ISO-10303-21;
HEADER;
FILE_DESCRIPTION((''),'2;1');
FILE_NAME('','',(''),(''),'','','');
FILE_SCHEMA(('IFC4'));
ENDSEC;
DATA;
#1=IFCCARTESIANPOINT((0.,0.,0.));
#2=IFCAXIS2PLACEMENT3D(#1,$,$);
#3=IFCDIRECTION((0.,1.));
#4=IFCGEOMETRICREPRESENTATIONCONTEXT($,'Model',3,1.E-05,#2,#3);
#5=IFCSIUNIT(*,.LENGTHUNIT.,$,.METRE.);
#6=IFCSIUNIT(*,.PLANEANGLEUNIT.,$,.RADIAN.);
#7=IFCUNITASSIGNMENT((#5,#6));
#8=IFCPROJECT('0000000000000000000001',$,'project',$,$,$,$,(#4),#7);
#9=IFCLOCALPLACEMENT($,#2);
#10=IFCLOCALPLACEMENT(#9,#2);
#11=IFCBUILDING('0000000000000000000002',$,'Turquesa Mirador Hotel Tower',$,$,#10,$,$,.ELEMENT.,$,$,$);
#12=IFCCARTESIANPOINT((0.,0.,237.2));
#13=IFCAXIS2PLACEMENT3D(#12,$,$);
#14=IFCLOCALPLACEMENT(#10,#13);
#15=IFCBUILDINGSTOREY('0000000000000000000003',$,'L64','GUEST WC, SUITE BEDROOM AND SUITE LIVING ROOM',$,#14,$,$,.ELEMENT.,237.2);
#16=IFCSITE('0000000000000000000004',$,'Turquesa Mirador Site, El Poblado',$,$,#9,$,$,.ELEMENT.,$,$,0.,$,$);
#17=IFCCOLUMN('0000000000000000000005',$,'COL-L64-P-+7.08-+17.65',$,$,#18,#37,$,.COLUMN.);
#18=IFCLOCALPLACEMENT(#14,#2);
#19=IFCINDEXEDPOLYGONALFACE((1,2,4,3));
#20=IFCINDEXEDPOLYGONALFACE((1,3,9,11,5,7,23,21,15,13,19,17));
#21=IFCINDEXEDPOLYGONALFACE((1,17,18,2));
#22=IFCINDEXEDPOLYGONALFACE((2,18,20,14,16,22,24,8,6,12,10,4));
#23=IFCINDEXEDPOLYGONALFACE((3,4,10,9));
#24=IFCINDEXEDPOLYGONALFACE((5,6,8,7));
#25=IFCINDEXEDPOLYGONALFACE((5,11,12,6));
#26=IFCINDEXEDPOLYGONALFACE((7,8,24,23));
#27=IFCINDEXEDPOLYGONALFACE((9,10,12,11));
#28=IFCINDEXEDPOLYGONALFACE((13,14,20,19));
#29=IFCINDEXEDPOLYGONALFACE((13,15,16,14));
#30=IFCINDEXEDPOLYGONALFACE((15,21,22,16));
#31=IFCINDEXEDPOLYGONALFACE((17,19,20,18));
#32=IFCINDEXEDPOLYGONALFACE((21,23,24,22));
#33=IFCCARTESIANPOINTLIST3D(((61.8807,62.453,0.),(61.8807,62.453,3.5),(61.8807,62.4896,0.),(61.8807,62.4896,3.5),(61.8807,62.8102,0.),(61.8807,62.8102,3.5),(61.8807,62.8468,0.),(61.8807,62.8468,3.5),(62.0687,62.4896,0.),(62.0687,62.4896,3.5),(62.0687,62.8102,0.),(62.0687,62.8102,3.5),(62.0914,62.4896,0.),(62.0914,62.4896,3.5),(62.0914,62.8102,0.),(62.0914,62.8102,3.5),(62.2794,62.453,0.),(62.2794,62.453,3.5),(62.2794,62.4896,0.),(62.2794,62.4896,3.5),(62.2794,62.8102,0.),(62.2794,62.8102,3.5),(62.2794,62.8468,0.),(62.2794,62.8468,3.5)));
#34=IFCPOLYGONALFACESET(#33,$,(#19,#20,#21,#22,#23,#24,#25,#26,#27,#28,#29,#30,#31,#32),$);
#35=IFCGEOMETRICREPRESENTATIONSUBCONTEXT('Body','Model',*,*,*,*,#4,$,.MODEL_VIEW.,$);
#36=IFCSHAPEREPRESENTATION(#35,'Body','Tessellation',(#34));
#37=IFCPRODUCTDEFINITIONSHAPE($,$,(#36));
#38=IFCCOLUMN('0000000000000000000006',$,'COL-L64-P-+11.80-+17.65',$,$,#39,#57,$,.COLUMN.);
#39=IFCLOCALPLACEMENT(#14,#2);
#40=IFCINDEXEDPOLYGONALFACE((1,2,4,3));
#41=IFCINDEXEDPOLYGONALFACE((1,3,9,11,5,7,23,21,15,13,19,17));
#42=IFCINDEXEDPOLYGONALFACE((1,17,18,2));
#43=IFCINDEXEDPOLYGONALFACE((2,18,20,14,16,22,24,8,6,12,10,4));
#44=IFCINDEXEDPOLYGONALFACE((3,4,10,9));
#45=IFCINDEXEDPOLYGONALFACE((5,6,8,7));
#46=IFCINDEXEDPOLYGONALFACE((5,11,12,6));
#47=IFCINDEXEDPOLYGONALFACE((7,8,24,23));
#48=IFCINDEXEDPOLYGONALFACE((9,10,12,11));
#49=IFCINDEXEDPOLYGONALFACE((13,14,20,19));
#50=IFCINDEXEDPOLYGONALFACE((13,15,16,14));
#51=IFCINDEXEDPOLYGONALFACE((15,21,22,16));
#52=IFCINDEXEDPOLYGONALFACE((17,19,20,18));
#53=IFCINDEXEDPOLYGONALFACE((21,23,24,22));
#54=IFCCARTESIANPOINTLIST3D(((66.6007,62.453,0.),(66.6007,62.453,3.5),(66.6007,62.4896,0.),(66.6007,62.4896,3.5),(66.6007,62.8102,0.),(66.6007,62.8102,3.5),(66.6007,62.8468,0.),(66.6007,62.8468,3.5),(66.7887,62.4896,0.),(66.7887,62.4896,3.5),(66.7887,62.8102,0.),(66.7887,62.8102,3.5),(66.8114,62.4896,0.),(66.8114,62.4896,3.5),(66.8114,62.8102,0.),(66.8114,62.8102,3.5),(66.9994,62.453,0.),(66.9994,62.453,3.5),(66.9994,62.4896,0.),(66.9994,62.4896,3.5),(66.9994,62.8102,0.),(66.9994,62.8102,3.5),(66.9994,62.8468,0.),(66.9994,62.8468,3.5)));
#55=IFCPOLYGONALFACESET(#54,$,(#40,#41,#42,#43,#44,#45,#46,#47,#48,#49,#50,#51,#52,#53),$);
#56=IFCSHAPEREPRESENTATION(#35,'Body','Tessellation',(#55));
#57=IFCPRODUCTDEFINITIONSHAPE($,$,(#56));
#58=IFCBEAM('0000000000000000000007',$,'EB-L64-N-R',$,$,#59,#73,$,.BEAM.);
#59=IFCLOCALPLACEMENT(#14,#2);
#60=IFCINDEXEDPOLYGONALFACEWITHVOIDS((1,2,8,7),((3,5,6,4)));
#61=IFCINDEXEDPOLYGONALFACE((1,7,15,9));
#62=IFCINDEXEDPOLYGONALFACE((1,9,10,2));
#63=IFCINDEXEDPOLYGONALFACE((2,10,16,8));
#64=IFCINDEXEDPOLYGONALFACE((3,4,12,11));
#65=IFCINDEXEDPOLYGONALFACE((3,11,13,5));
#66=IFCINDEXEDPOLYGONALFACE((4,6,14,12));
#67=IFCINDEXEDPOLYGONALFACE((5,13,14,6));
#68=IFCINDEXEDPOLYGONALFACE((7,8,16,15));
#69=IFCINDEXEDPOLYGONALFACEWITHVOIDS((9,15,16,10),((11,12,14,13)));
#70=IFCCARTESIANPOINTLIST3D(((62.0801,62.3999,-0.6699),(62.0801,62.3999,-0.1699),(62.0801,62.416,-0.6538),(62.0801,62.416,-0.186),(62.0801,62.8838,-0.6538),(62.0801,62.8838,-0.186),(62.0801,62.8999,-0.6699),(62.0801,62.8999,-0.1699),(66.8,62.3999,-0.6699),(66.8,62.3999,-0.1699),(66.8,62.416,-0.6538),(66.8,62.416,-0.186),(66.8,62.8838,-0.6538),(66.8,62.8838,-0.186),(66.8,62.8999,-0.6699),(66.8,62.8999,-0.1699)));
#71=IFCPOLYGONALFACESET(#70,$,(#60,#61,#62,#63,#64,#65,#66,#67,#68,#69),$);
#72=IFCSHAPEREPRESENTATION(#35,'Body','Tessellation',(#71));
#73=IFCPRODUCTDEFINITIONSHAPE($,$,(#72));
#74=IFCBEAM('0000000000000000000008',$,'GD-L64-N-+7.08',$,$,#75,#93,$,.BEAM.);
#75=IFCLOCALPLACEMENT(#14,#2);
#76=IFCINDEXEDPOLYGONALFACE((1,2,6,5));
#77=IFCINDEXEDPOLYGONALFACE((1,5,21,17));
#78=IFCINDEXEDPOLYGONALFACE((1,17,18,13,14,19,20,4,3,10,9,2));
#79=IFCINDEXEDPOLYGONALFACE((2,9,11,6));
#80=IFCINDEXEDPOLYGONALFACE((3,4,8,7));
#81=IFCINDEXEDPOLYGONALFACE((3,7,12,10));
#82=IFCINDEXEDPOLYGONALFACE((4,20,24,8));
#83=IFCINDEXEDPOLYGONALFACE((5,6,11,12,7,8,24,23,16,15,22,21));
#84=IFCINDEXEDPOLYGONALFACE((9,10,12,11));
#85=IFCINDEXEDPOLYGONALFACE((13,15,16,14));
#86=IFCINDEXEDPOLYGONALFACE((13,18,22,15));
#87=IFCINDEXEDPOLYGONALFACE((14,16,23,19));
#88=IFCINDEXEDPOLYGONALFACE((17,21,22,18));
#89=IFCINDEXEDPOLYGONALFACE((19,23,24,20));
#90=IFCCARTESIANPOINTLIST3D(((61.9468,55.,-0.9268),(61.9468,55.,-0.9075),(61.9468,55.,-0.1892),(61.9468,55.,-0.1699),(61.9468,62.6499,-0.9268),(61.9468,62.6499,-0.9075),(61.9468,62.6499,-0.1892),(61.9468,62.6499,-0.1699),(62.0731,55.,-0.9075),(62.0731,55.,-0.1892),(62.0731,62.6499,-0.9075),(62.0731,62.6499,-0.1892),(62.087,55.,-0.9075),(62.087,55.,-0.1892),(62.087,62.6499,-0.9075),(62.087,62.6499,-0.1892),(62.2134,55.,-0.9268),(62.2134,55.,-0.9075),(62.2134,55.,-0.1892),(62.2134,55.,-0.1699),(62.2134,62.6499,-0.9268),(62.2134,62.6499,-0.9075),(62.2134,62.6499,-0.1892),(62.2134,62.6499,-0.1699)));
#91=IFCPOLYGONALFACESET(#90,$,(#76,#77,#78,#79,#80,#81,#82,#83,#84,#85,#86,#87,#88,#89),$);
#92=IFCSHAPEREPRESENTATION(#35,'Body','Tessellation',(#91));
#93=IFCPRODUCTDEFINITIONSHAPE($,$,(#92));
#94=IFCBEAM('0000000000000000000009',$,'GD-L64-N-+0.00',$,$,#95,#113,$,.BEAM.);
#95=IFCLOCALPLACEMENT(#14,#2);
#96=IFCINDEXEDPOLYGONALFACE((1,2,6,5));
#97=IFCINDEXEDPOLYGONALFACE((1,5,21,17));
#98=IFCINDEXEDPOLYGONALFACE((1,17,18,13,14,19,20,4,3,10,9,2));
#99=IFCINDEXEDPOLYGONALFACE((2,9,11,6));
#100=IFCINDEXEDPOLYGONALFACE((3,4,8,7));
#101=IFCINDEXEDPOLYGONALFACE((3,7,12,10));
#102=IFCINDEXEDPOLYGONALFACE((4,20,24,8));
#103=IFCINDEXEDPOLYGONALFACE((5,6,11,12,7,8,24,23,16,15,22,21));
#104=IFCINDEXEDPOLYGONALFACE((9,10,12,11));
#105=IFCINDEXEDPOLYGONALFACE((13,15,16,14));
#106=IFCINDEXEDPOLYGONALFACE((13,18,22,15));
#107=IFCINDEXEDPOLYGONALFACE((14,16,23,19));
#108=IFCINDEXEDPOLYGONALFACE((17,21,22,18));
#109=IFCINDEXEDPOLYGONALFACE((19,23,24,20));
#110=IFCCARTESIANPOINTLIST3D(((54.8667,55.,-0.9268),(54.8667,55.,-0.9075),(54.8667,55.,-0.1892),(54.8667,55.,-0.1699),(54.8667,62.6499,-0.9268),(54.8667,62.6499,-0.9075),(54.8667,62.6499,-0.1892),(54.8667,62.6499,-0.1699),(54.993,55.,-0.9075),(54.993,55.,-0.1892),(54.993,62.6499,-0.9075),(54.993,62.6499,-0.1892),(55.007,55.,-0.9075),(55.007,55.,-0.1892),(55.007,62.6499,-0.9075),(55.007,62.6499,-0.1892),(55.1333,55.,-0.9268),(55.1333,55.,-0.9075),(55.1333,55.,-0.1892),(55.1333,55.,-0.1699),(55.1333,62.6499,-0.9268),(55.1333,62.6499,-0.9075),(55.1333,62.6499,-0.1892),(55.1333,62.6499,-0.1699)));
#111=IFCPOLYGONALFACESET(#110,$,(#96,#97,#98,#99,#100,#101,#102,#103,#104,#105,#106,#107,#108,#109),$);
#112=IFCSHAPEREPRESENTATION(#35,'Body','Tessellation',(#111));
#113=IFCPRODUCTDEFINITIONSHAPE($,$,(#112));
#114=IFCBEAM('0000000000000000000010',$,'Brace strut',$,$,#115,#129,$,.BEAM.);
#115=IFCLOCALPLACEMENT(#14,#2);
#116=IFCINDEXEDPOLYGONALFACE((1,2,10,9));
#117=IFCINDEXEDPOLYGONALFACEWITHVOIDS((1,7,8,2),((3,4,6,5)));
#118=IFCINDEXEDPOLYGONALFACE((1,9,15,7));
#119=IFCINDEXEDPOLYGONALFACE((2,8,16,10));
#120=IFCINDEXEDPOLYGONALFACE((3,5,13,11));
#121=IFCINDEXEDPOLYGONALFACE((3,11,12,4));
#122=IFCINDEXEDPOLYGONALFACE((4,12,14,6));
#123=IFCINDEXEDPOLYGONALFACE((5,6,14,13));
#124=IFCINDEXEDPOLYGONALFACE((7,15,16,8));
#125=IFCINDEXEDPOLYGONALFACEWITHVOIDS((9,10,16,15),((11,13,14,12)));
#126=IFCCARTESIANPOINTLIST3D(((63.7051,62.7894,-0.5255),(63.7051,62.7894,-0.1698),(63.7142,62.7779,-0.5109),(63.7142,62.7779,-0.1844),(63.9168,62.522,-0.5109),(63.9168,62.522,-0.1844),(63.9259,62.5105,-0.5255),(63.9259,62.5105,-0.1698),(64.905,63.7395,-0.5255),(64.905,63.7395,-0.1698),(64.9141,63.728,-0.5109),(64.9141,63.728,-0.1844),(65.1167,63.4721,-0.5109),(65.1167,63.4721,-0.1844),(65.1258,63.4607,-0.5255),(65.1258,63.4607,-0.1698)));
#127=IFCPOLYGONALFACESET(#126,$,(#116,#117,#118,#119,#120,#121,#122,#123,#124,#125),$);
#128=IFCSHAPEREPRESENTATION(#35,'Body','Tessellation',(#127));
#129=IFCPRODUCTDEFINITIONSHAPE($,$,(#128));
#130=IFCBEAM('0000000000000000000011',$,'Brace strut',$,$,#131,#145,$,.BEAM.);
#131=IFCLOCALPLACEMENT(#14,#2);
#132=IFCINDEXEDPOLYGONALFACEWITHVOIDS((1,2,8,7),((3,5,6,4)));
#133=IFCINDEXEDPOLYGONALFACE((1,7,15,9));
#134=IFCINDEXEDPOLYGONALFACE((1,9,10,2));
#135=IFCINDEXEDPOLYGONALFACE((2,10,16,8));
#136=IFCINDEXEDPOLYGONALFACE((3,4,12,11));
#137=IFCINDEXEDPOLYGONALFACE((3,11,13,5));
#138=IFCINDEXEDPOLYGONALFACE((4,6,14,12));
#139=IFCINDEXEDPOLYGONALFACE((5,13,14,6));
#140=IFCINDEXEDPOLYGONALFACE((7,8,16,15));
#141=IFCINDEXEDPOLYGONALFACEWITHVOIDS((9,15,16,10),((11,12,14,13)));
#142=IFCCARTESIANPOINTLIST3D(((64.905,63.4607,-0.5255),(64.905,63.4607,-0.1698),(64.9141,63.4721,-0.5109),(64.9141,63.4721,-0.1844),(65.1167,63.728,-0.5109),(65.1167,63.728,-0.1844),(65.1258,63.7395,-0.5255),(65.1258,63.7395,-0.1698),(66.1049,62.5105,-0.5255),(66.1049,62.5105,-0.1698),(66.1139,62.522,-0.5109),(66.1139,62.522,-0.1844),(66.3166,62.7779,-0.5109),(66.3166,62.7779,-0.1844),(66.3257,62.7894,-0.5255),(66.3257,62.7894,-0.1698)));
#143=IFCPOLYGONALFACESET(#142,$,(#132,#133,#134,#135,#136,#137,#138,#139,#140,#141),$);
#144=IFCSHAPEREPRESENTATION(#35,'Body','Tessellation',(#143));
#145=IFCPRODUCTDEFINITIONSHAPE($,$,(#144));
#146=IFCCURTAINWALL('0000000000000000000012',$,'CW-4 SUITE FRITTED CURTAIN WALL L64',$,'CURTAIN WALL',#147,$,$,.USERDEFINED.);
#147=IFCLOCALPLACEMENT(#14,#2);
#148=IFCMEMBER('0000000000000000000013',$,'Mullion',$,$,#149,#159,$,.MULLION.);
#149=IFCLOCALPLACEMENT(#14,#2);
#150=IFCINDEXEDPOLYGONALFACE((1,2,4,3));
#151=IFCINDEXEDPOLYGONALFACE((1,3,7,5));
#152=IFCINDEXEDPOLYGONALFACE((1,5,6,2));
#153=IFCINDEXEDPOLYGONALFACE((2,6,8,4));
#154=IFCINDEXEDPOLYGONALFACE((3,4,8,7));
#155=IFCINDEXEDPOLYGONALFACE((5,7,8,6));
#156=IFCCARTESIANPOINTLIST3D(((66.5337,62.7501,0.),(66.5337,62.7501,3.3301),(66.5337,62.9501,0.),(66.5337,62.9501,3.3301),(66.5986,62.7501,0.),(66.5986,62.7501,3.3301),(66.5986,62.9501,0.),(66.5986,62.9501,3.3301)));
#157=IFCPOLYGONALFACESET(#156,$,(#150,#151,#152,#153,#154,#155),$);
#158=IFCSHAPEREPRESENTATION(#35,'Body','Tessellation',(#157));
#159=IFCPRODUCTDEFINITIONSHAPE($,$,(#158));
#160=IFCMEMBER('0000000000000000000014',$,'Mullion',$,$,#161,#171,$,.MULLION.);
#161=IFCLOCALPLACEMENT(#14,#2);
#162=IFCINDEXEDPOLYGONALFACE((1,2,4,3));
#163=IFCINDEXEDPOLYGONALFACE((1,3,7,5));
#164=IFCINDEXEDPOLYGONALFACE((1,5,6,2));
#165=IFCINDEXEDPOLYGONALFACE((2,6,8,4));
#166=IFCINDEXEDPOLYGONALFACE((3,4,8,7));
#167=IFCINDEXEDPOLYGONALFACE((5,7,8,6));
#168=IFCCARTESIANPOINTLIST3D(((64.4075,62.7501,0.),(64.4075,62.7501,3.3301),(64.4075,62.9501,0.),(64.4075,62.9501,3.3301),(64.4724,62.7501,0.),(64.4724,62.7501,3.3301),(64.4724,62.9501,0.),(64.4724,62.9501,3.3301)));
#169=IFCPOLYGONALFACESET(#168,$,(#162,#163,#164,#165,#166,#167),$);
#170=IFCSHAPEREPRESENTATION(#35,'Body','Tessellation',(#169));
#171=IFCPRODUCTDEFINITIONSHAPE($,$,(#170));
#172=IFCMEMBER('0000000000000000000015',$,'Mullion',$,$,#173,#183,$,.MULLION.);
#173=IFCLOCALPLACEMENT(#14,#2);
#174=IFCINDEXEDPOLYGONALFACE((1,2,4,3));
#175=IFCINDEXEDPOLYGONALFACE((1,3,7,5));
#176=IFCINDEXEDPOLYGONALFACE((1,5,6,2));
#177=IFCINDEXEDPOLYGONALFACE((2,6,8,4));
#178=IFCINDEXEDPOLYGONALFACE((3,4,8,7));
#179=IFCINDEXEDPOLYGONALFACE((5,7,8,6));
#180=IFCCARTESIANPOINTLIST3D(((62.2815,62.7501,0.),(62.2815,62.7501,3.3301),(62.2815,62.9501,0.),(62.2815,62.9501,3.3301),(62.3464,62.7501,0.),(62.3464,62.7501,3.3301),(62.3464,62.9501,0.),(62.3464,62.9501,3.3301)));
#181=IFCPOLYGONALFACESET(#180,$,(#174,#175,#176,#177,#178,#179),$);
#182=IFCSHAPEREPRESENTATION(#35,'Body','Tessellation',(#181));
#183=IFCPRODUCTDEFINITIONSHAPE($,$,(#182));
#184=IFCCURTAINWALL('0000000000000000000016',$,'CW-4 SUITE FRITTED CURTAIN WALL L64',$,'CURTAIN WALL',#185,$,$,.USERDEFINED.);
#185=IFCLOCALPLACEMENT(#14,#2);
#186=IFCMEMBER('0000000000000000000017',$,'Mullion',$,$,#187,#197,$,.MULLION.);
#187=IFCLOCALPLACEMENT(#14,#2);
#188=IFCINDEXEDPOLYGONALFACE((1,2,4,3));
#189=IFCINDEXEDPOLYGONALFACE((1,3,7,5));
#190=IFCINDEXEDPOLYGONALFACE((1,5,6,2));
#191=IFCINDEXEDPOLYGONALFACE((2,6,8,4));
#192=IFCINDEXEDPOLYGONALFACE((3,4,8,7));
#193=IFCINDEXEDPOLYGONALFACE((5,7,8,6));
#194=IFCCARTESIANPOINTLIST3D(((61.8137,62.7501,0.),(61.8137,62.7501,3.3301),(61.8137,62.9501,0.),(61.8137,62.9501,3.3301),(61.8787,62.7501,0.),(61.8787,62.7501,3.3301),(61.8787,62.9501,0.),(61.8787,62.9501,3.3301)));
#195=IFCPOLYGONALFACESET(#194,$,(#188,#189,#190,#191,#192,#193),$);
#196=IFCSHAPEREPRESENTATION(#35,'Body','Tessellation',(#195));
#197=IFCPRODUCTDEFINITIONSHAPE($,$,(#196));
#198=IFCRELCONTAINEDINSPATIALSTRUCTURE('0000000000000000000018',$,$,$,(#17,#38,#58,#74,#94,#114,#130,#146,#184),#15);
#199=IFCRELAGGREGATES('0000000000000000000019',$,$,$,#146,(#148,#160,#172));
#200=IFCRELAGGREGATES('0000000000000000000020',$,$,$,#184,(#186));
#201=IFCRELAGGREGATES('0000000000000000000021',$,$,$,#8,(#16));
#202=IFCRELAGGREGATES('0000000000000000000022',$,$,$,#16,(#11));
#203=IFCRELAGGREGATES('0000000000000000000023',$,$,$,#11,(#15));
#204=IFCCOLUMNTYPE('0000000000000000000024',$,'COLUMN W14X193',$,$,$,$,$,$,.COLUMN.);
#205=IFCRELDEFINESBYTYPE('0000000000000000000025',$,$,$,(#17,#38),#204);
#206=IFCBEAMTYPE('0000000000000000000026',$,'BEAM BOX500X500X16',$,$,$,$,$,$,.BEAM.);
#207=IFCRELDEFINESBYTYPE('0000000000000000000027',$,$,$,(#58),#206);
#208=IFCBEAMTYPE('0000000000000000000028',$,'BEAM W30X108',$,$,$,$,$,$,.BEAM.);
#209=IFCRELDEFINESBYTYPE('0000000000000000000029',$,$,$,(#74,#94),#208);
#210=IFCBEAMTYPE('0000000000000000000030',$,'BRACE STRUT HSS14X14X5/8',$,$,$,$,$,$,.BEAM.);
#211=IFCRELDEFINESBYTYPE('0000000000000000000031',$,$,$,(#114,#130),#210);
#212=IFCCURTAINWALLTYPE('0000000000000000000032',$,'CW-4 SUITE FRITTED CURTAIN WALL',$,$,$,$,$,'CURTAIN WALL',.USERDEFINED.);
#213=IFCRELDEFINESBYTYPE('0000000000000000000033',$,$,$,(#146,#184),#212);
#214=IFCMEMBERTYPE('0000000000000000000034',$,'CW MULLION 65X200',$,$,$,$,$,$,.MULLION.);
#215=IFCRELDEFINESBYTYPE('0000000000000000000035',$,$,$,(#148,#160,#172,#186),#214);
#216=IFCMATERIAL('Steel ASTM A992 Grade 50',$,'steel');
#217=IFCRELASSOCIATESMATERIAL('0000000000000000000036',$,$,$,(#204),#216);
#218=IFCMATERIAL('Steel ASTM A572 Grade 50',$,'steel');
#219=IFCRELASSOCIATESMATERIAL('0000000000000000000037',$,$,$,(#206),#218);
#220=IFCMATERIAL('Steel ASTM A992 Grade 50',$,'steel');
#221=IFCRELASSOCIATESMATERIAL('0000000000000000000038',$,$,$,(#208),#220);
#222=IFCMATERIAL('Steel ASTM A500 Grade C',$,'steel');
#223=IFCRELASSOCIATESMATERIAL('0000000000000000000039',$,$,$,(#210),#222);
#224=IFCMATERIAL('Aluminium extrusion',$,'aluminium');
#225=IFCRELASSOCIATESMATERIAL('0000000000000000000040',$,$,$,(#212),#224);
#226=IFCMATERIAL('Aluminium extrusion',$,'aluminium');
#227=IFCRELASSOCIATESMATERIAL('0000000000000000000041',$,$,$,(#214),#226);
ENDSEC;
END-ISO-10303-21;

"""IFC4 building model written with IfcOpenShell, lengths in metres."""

from ifc_helpers import new_model, si_unit, direction, frame, origin, origin_2d, place, context, subcontext, project, spatial, rectangle, hollow_rectangle, i_section, extrude, material, material_profile, profile_set, type_object, element, aggregate, save


model = new_model("IFC4")

# Units and contexts
model_context = context("Model", 3, precision=1e-05, world=origin(), true_north=direction((0.0, 1.0)))
body_context = subcontext(model_context, "Body", "Model", "MODEL_VIEW")
ifc_project = project(units=[si_unit("LENGTHUNIT", "METRE"), si_unit("PLANEANGLEUNIT", "RADIAN")], contexts=[model_context])

# Site, building, storey
site_placement = place(None, origin())
site = spatial("IfcSite", under=ifc_project, at=site_placement, Name="Turquesa Mirador Site, El Poblado", CompositionType="ELEMENT", RefElevation=0.0)
building_placement = place(site_placement, origin())
building = spatial("IfcBuilding", under=site, at=building_placement, Name="Turquesa Mirador Hotel Tower", CompositionType="ELEMENT")
storey_placement = place(building_placement, frame((0.0, 0.0, 237.2)))
storey = spatial("IfcBuildingStorey", under=building, at=storey_placement, Name="L64", Description="GUEST WC, SUITE BEDROOM AND SUITE LIVING ROOM", CompositionType="ELEMENT", Elevation=237.2)

# Columns
ifc_material_1 = material(Name="Steel ASTM A992 Grade 50", Category="steel")
ifc_material_profile_1 = material_profile(ifc_material_1, i_section(OverallWidth=0.3987, OverallDepth=0.3938, WebThickness=0.0227, FlangeThickness=0.0366, at=origin_2d()), Name="W14X193")
ifc_profile_set_1 = profile_set([ifc_material_profile_1], Name="Steel ASTM A992 Grade 50")
column_type = type_object("IfcColumnType", Name="COLUMN W14X193", PredefinedType="COLUMN", material=ifc_profile_set_1)
for number, where, z_axis, x_axis, name in (
    (1, (62.0801, 62.6499, 0.0), (0.0, 0.0, 1.0), (1.0, 0.0, 0.0), "COL-L64-P-+7.08-+17.65"),
    (2, (66.8, 62.6499, 0.0), (0.0, 0.0, 1.0), (1.0, 0.0, 0.0), "COL-L64-P-+11.80-+17.65"),
):
    element("IfcColumn", number, at=place(storey_placement, frame(where, z_axis=z_axis, x_axis=x_axis)), inside=storey, type_object=column_type, Name=name, PredefinedType="COLUMN", context=body_context, shape_type="SweptSolid", body=[
        extrude(i_section(OverallWidth=0.3987, OverallDepth=0.3938, WebThickness=0.0227, FlangeThickness=0.0366, at=origin_2d()), origin(), (0.0, 0.0, 1.0), 3.5),
    ])

# Beams
ifc_material_2 = material(Name="Steel ASTM A572 Grade 50", Category="steel")
ifc_material_profile_2 = material_profile(ifc_material_2, hollow_rectangle(XDim=0.5, YDim=0.5, WallThickness=0.0161, at=origin_2d()), Name="BOX500X500X16")
ifc_profile_set_2 = profile_set([ifc_material_profile_2], Name="Steel ASTM A572 Grade 50")
beam_type_1 = type_object("IfcBeamType", Name="BEAM BOX500X500X16", PredefinedType="BEAM", material=ifc_profile_set_2)
beam_placement = place(storey_placement, frame((62.0801, 62.6499, -0.4199), z_axis=(1.0, 0.0, 0.0), x_axis=(0.0, 1.0, 0.0)))
element("IfcBeam", 3, at=beam_placement, inside=storey, type_object=beam_type_1, Name="EB-L64-N-R", PredefinedType="BEAM", context=body_context, shape_type="SweptSolid", body=[
    extrude(hollow_rectangle(XDim=0.5, YDim=0.5, WallThickness=0.0161, at=origin_2d()), origin(), (0.0, 0.0, 1.0), 4.72),
])
ifc_material_3 = material(Name="Steel ASTM A992 Grade 50", Category="steel")
ifc_material_profile_3 = material_profile(ifc_material_3, i_section(OverallWidth=0.2666, OverallDepth=0.7568, WebThickness=0.0139, FlangeThickness=0.0193, at=origin_2d()), Name="W30X108")
ifc_profile_set_3 = profile_set([ifc_material_profile_3], Name="Steel ASTM A992 Grade 50")
beam_type_2 = type_object("IfcBeamType", Name="BEAM W30X108", PredefinedType="BEAM", material=ifc_profile_set_3)
for number, where, z_axis, x_axis, name in (
    (4, (62.0801, 62.6499, -0.5483), (0.0, -1.0, 0.0), (1.0, 0.0, 0.0), "GD-L64-N-+7.08"),
    (5, (55.0, 62.6499, -0.5483), (0.0, -1.0, 0.0), (1.0, 0.0, 0.0), "GD-L64-N-+0.00"),
):
    element("IfcBeam", number, at=place(storey_placement, frame(where, z_axis=z_axis, x_axis=x_axis)), inside=storey, type_object=beam_type_2, Name=name, PredefinedType="BEAM", context=body_context, shape_type="SweptSolid", body=[
        extrude(i_section(OverallWidth=0.2666, OverallDepth=0.7568, WebThickness=0.0139, FlangeThickness=0.0193, at=origin_2d()), origin(), (0.0, 0.0, 1.0), 7.6499),
    ])
ifc_material_4 = material(Name="Steel ASTM A500 Grade C", Category="steel")
ifc_material_profile_4 = material_profile(ifc_material_4, hollow_rectangle(XDim=0.3557, YDim=0.3557, WallThickness=0.0146, at=origin_2d()), Name="HSS14X14X5/8")
ifc_profile_set_4 = profile_set([ifc_material_profile_4], Name="Steel ASTM A500 Grade C")
beam_type_3 = type_object("IfcBeamType", Name="BRACE STRUT HSS14X14X5/8", PredefinedType="BEAM", material=ifc_profile_set_4)
for number, where, z_axis, x_axis, name in (
    (6, (65.0154, 63.6001, -0.3477), (-0.783971, -0.620797, 0.0), (0.620797, -0.783971, 0.0), "Brace strut"),
    (7, (65.0154, 63.6001, -0.3477), (0.783971, -0.620797, 0.0), (0.620797, 0.783971, 0.0), "Brace strut"),
):
    element("IfcBeam", number, at=place(storey_placement, frame(where, z_axis=z_axis, x_axis=x_axis)), inside=storey, type_object=beam_type_3, Name=name, PredefinedType="BEAM", context=body_context, shape_type="SweptSolid", body=[
        extrude(hollow_rectangle(XDim=0.3557, YDim=0.3557, WallThickness=0.0146, at=origin_2d()), origin(), (0.0, 0.0, 1.0), 1.5305),
    ])

# Curtain walls, members
ifc_material_5 = material(Name="Aluminium extrusion", Category="aluminium")
curtain_wall_type = type_object("IfcCurtainWallType", Name="CW-4 SUITE FRITTED CURTAIN WALL", ElementType="CURTAIN WALL", PredefinedType="USERDEFINED", material=ifc_material_5)
curtain_wall_1_placement = place(storey_placement, origin())
curtain_wall_1 = element("IfcCurtainWall", 8, at=curtain_wall_1_placement, inside=storey, type_object=curtain_wall_type, Name="CW-4 SUITE FRITTED CURTAIN WALL L64", ObjectType="CURTAIN WALL", PredefinedType="USERDEFINED")
ifc_material_6 = material(Name="Aluminium extrusion", Category="aluminium")
ifc_material_profile_5 = material_profile(ifc_material_6, rectangle(XDim=0.0649, YDim=0.2, at=origin_2d()), Name="MULLION 65X200")
ifc_profile_set_5 = profile_set([ifc_material_profile_5], Name="Aluminium extrusion")
member_type_1 = type_object("IfcMemberType", Name="CW MULLION 65X200", PredefinedType="MULLION", material=ifc_profile_set_5)
member_1_placement = place(storey_placement, frame((66.5662, 62.8501, 0.0), z_axis=(0.0, 0.0, 1.0), x_axis=(-1.0, 0.0, 0.0)))
member_1 = element("IfcMember", 9, at=member_1_placement, type_object=member_type_1, Name="Mullion", PredefinedType="MULLION", context=body_context, shape_type="SweptSolid", body=[
    extrude(rectangle(XDim=0.0649, YDim=0.2, at=origin_2d()), origin(), (0.0, 0.0, 1.0), 3.3301),
])
member_2_placement = place(storey_placement, frame((64.4399, 62.8501, 0.0), z_axis=(0.0, 0.0, 1.0), x_axis=(-1.0, 0.0, 0.0)))
member_2 = element("IfcMember", 10, at=member_2_placement, type_object=member_type_1, Name="Mullion", PredefinedType="MULLION", context=body_context, shape_type="SweptSolid", body=[
    extrude(rectangle(XDim=0.0649, YDim=0.2, at=origin_2d()), origin(), (0.0, 0.0, 1.0), 3.3301),
])
member_3_placement = place(storey_placement, frame((62.314, 62.8501, 0.0), z_axis=(0.0, 0.0, 1.0), x_axis=(-1.0, 0.0, 0.0)))
member_3 = element("IfcMember", 11, at=member_3_placement, type_object=member_type_1, Name="Mullion", PredefinedType="MULLION", context=body_context, shape_type="SweptSolid", body=[
    extrude(rectangle(XDim=0.0649, YDim=0.2, at=origin_2d()), origin(), (0.0, 0.0, 1.0), 3.3301),
])
curtain_wall_2_placement = place(storey_placement, origin())
curtain_wall_2 = element("IfcCurtainWall", 12, at=curtain_wall_2_placement, inside=storey, type_object=curtain_wall_type, Name="CW-4 SUITE FRITTED CURTAIN WALL L64", ObjectType="CURTAIN WALL", PredefinedType="USERDEFINED")
member_4_placement = place(storey_placement, frame((61.8462, 62.8501, 0.0), z_axis=(0.0, 0.0, 1.0), x_axis=(-1.0, 0.0, 0.0)))
member_4 = element("IfcMember", 13, at=member_4_placement, type_object=member_type_1, Name="Mullion", PredefinedType="MULLION", context=body_context, shape_type="SweptSolid", body=[
    extrude(rectangle(XDim=0.0649, YDim=0.2, at=origin_2d()), origin(), (0.0, 0.0, 1.0), 3.3301),
])

aggregate(curtain_wall_1, [member_1, member_2, member_3])
aggregate(curtain_wall_2, [member_4])

save(model, "model.ifc")
